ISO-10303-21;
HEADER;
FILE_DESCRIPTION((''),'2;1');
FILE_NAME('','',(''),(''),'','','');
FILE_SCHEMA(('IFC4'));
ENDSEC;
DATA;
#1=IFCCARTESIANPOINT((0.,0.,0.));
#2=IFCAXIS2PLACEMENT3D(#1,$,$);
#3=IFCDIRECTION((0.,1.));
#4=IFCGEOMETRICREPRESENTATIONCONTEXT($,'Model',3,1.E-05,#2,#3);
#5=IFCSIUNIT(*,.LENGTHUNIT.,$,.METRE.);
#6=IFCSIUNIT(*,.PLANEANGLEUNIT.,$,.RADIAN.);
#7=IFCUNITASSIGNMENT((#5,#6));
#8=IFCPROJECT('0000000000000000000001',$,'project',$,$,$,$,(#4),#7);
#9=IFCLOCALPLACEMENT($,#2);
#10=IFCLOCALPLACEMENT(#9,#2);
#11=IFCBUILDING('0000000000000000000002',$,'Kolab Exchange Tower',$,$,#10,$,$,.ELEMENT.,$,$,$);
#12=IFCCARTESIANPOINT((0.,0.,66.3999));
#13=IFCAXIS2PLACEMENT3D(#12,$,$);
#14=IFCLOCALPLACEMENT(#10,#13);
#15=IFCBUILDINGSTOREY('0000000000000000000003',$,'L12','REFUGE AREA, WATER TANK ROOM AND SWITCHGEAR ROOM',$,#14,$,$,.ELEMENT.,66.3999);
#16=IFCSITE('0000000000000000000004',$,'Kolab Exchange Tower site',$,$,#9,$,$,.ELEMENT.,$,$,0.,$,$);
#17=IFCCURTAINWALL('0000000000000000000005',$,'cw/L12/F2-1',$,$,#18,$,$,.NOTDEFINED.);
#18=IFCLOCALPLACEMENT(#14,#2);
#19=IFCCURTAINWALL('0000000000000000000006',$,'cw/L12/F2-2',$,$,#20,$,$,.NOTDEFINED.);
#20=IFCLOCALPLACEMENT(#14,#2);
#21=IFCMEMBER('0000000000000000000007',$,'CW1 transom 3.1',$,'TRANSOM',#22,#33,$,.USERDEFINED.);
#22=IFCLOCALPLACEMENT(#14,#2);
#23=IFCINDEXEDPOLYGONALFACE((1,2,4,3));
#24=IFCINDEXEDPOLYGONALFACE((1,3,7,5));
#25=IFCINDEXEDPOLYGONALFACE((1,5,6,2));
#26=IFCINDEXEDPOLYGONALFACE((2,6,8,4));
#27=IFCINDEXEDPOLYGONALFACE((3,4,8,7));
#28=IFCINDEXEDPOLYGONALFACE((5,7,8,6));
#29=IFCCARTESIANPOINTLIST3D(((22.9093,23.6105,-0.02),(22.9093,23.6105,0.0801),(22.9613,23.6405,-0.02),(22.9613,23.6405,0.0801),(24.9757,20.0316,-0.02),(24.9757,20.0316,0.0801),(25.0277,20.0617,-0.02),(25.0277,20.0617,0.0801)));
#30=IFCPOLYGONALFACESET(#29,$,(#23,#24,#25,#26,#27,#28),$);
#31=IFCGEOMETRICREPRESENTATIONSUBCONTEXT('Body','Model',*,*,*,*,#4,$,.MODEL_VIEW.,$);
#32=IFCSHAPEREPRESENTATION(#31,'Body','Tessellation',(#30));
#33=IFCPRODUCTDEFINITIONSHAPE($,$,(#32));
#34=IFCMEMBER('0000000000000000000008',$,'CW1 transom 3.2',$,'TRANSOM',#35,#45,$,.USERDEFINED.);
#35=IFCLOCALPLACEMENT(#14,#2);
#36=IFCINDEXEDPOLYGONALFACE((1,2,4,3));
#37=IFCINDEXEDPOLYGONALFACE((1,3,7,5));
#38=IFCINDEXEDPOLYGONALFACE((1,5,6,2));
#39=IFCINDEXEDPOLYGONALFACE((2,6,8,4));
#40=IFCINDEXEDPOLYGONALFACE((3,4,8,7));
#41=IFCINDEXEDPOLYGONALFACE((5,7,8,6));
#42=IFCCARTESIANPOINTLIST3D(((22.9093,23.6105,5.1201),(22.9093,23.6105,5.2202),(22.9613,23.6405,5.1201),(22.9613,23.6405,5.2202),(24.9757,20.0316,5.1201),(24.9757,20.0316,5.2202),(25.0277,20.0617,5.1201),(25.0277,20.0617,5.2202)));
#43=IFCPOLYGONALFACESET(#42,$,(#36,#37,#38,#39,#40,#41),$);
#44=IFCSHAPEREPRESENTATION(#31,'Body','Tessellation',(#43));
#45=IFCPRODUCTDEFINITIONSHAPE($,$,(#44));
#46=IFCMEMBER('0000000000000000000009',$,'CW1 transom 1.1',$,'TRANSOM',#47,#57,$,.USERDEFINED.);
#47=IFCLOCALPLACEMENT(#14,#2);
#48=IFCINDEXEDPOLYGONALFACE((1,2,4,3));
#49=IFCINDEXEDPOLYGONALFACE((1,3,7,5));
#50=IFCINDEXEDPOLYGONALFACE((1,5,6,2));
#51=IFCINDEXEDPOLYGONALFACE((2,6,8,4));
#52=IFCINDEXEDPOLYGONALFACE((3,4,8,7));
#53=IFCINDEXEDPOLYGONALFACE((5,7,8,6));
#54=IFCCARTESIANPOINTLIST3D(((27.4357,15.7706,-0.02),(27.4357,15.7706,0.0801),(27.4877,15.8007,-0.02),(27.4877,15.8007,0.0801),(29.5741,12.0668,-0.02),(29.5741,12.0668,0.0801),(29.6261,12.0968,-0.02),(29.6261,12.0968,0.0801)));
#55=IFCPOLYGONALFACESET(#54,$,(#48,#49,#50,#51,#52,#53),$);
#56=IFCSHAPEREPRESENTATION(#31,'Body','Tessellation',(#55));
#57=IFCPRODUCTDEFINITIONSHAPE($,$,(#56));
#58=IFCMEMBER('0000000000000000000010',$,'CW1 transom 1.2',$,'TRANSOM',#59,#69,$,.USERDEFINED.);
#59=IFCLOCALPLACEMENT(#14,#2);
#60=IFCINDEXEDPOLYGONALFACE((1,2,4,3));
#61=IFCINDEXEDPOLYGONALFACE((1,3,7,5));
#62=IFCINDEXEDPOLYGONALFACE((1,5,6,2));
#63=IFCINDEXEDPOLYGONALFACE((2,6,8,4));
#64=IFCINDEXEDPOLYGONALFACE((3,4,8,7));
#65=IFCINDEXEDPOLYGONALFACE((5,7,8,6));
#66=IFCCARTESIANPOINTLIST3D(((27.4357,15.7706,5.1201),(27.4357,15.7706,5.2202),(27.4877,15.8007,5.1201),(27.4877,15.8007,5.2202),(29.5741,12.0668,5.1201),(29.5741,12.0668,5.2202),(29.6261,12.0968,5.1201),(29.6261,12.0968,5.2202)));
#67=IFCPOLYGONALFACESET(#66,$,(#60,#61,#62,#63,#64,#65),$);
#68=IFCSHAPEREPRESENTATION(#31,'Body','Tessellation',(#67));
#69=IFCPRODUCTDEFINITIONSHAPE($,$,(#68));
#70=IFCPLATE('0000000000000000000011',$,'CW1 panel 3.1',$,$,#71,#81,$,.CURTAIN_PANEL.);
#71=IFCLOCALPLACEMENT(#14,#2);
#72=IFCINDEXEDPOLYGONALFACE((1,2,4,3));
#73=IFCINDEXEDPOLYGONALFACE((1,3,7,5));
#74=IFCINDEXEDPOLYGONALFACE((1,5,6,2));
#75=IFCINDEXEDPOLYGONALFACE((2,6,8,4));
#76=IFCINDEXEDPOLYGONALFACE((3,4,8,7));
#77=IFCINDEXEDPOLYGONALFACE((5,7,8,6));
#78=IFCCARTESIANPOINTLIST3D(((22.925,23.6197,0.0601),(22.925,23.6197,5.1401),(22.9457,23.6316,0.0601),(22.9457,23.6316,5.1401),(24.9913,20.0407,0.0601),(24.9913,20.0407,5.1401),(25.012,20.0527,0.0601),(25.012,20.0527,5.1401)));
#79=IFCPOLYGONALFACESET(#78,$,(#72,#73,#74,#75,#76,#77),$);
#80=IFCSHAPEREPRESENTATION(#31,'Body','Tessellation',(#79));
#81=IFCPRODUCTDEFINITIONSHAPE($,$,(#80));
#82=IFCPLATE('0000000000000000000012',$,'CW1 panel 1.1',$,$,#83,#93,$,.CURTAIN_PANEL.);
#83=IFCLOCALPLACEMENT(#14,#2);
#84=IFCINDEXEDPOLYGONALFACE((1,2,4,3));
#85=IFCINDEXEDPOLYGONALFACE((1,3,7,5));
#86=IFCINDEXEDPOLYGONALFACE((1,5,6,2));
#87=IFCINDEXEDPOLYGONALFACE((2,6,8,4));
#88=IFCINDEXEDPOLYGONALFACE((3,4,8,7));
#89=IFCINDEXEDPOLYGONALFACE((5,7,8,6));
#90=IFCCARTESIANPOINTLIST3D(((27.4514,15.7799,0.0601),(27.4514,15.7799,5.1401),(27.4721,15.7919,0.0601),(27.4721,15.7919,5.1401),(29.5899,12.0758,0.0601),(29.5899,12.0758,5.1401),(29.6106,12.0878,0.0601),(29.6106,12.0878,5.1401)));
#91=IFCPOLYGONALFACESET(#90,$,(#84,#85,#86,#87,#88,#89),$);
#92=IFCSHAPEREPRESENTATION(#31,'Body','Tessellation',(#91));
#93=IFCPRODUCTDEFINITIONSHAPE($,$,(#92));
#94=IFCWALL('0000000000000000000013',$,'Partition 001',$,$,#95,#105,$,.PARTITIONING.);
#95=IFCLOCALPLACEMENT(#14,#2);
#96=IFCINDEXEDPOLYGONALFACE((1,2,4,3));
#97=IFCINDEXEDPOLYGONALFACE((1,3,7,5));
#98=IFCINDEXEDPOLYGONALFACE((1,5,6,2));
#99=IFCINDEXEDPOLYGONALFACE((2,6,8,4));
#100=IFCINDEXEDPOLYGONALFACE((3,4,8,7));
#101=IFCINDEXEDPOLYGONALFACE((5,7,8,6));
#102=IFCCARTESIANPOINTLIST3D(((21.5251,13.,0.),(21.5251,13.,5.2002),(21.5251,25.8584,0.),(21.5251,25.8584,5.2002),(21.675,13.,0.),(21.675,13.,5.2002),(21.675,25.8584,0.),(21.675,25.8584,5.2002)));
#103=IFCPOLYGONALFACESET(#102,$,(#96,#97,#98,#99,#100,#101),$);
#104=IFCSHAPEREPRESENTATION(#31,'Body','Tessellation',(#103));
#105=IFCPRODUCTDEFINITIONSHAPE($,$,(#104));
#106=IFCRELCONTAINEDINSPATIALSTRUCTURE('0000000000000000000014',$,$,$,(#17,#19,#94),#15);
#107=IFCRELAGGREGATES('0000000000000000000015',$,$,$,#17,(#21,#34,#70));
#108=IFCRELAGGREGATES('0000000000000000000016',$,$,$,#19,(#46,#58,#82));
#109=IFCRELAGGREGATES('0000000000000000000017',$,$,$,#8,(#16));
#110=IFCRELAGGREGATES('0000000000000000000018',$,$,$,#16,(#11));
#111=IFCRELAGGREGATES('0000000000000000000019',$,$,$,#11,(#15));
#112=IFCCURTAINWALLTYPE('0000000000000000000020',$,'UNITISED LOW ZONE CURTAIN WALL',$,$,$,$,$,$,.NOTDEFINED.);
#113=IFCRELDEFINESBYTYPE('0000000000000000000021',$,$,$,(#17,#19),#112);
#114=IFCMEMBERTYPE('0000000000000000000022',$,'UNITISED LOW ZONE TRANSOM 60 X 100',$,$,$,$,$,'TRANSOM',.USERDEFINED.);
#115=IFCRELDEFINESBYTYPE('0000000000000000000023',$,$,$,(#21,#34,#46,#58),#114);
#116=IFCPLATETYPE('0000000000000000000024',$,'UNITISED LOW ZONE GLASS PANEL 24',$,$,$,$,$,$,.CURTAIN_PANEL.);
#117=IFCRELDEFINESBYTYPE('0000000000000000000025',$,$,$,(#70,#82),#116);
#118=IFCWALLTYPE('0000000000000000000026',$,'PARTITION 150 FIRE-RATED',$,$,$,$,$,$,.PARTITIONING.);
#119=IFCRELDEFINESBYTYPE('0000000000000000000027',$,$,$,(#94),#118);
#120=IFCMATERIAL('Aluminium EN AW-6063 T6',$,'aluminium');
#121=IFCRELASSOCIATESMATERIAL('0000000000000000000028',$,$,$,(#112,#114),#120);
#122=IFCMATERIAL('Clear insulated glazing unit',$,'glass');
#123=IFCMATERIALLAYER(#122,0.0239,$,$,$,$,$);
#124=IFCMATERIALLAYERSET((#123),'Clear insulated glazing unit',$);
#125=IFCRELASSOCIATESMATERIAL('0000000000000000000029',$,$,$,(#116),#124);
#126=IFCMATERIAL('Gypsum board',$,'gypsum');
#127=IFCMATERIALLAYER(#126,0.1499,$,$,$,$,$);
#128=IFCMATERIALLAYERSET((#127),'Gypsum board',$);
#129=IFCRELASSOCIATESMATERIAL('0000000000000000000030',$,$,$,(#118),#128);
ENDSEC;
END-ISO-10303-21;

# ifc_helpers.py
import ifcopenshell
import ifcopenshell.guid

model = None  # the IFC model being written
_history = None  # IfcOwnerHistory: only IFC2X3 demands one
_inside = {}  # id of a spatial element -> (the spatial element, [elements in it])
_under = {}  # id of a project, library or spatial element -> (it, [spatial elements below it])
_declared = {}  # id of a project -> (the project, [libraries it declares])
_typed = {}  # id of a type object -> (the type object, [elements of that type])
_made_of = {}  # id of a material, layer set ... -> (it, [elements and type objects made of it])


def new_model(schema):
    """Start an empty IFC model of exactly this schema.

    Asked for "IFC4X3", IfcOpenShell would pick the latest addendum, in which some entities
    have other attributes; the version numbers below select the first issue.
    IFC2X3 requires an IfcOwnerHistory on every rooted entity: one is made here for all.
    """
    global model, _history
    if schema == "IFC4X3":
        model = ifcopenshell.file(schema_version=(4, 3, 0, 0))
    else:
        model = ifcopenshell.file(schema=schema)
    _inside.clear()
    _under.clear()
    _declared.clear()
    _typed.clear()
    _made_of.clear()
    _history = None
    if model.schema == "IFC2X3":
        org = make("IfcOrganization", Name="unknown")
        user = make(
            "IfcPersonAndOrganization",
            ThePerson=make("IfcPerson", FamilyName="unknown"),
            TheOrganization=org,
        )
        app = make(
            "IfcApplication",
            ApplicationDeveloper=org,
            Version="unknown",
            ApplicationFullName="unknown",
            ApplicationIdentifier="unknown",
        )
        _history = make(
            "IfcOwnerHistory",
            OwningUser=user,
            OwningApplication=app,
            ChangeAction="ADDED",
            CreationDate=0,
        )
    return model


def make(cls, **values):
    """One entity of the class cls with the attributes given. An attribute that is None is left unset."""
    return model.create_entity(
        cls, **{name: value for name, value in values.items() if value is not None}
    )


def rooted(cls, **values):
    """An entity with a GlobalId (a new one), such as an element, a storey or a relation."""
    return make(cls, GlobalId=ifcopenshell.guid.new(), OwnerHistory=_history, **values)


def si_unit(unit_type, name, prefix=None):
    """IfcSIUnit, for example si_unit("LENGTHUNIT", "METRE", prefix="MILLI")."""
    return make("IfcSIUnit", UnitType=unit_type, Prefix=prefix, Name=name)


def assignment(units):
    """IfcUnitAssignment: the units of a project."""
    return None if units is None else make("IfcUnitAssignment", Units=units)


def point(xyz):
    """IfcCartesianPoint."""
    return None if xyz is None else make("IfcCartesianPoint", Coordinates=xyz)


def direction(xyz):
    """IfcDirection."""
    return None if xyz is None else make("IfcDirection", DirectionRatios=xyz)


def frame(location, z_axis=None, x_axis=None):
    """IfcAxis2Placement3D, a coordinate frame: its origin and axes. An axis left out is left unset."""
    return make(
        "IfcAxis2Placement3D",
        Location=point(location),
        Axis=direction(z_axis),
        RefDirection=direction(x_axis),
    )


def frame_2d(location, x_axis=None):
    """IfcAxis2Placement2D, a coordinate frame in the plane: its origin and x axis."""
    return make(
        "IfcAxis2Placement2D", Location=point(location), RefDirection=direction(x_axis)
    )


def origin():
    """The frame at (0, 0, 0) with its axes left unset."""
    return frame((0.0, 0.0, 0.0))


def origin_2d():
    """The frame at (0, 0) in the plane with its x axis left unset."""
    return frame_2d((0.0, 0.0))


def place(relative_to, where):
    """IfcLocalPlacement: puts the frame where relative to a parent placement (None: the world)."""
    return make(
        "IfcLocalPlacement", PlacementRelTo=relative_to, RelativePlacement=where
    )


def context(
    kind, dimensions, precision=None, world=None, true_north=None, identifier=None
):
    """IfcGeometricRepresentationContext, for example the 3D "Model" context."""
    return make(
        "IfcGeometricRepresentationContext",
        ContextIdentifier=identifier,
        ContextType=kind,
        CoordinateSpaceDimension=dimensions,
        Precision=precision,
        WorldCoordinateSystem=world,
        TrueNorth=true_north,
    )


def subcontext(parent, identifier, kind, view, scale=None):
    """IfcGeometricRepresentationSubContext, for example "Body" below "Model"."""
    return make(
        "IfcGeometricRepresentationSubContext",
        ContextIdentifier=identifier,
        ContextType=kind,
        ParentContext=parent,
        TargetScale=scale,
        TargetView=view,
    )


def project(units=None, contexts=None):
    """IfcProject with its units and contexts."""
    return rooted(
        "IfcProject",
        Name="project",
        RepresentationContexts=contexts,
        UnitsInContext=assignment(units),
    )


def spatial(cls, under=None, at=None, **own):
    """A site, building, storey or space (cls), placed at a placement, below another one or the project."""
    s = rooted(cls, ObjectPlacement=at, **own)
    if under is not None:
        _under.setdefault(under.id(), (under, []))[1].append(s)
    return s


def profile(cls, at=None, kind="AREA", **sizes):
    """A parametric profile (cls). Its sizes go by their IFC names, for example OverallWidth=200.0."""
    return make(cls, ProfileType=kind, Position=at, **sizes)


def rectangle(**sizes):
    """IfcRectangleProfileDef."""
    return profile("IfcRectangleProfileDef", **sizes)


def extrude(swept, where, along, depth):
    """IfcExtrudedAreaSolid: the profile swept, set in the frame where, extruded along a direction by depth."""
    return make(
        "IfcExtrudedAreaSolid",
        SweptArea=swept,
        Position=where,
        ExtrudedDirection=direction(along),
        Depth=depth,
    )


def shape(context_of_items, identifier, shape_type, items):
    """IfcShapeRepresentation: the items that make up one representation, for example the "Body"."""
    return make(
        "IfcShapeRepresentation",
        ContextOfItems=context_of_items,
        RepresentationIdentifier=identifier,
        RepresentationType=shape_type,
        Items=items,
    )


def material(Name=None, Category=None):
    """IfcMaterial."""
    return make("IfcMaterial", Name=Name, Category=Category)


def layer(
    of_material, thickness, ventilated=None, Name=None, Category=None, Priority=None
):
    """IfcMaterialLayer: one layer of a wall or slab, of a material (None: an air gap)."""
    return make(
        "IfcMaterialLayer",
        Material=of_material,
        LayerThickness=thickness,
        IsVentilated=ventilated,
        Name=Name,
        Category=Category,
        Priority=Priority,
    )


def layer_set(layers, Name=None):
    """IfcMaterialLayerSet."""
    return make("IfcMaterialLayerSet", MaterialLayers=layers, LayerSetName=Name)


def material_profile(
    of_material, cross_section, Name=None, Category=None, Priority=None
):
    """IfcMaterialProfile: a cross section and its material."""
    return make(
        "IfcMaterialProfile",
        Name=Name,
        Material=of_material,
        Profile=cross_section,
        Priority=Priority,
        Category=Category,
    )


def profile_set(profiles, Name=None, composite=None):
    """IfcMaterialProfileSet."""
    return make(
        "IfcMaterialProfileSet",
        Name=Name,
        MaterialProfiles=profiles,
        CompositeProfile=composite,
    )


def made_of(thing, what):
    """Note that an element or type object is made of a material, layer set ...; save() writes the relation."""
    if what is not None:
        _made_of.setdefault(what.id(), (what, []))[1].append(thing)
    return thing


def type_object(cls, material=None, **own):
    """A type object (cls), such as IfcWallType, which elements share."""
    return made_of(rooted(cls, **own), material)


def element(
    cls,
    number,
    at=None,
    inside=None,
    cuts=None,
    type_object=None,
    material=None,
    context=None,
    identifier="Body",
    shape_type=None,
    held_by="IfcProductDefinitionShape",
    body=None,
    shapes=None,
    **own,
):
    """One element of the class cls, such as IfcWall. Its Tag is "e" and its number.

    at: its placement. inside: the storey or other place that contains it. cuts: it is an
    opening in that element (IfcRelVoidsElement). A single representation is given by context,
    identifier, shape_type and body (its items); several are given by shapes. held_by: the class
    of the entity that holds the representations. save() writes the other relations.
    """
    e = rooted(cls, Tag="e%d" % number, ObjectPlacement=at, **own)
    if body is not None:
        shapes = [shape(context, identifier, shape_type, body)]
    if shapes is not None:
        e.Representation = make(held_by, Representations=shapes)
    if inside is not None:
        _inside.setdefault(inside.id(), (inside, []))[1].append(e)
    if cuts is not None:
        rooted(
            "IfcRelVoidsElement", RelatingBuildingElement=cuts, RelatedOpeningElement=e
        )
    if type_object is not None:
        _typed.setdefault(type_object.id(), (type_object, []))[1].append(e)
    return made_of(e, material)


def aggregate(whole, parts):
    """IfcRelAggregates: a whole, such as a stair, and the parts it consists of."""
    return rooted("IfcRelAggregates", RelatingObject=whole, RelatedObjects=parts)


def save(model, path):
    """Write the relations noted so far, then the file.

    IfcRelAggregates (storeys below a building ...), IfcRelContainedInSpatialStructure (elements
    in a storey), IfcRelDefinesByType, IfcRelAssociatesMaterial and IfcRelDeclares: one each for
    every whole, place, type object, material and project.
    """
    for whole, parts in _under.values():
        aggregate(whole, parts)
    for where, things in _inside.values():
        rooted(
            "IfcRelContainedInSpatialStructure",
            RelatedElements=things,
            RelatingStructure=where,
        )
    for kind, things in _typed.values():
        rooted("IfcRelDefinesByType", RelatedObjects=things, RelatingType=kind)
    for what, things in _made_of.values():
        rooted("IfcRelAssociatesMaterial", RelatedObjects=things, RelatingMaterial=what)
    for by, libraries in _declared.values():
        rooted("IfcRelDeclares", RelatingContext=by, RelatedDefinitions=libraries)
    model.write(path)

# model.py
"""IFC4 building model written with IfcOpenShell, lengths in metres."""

from ifc_helpers import new_model, si_unit, direction, frame, frame_2d, origin, origin_2d, place, context, subcontext, project, spatial, rectangle, extrude, material, layer, layer_set, material_profile, profile_set, type_object, element, aggregate, save


model = new_model("IFC4")

# Units and contexts
model_context = context("Model", 3, precision=1e-05, world=origin(), true_north=direction((0.0, 1.0)))
body_context = subcontext(model_context, "Body", "Model", "MODEL_VIEW")
ifc_project = project(units=[si_unit("LENGTHUNIT", "METRE"), si_unit("PLANEANGLEUNIT", "RADIAN")], contexts=[model_context])

# Site, building, storey
site_placement = place(None, origin())
site = spatial("IfcSite", under=ifc_project, at=site_placement, Name="Kolab Exchange Tower site", CompositionType="ELEMENT", RefElevation=0.0)
building_placement = place(site_placement, origin())
building = spatial("IfcBuilding", under=site, at=building_placement, Name="Kolab Exchange Tower", CompositionType="ELEMENT")
storey_placement = place(building_placement, frame((0.0, 0.0, 66.3999)))
storey = spatial("IfcBuildingStorey", under=building, at=storey_placement, Name="L12", Description="REFUGE AREA, WATER TANK ROOM AND SWITCHGEAR ROOM", CompositionType="ELEMENT", Elevation=66.3999)

# Curtain wall
ifc_material_1 = material(Name="Aluminium EN AW-6063 T6", Category="aluminium")
curtain_wall_type = type_object("IfcCurtainWallType", Name="UNITISED LOW ZONE CURTAIN WALL", PredefinedType="NOTDEFINED", material=ifc_material_1)
curtain_wall_1_placement = place(storey_placement, origin())
curtain_wall_1 = element("IfcCurtainWall", 1, at=curtain_wall_1_placement, inside=storey, type_object=curtain_wall_type, Name="cw/L12/F2-1", PredefinedType="NOTDEFINED")

# Curtain wall
curtain_wall_2_placement = place(storey_placement, origin())
curtain_wall_2 = element("IfcCurtainWall", 2, at=curtain_wall_2_placement, inside=storey, type_object=curtain_wall_type, Name="cw/L12/F2-2", PredefinedType="NOTDEFINED")

# Members
ifc_material_profile_1 = material_profile(ifc_material_1, rectangle(XDim=0.0601, YDim=0.1001, at=origin_2d()), Name="RECT 60X100")
ifc_profile_set_1 = profile_set([ifc_material_profile_1], Name="Aluminium EN AW-6063 T6")
member_type_1 = type_object("IfcMemberType", Name="UNITISED LOW ZONE TRANSOM 60 X 100", ElementType="TRANSOM", PredefinedType="USERDEFINED", material=ifc_profile_set_1)
member_1_placement = place(storey_placement, frame((22.9353, 23.6255, 0.03), z_axis=(0.500028, -0.866009, 0.0), x_axis=(0.866009, 0.500028, 0.0)))
member_1 = element("IfcMember", 3, at=member_1_placement, type_object=member_type_1, Name="CW1 transom 3.1", ObjectType="TRANSOM", PredefinedType="USERDEFINED", context=body_context, shape_type="SweptSolid", body=[
    extrude(rectangle(XDim=0.0601, YDim=0.1001, at=origin_2d()), origin(), (0.0, 0.0, 1.0), 4.1326),
])
member_2_placement = place(storey_placement, frame((22.9353, 23.6255, 5.1702), z_axis=(0.500028, -0.866009, 0.0), x_axis=(0.866009, 0.500028, 0.0)))
member_2 = element("IfcMember", 4, at=member_2_placement, type_object=member_type_1, Name="CW1 transom 3.2", ObjectType="TRANSOM", PredefinedType="USERDEFINED", context=body_context, shape_type="SweptSolid", body=[
    extrude(rectangle(XDim=0.0601, YDim=0.1001, at=origin_2d()), origin(), (0.0, 0.0, 1.0), 4.1326),
])
member_3_placement = place(storey_placement, frame((27.4617, 15.7856, 0.03), z_axis=(0.500001, -0.866025, 0.0), x_axis=(0.866025, 0.500001, 0.0)))
member_3 = element("IfcMember", 5, at=member_3_placement, type_object=member_type_1, Name="CW1 transom 1.1", ObjectType="TRANSOM", PredefinedType="USERDEFINED", context=body_context, shape_type="SweptSolid", body=[
    extrude(rectangle(XDim=0.0601, YDim=0.1001, at=origin_2d()), origin(), (0.0, 0.0, 1.0), 4.2769),
])
member_4_placement = place(storey_placement, frame((27.4617, 15.7856, 5.1702), z_axis=(0.500001, -0.866025, 0.0), x_axis=(0.866025, 0.500001, 0.0)))
member_4 = element("IfcMember", 6, at=member_4_placement, type_object=member_type_1, Name="CW1 transom 1.2", ObjectType="TRANSOM", PredefinedType="USERDEFINED", context=body_context, shape_type="SweptSolid", body=[
    extrude(rectangle(XDim=0.0601, YDim=0.1001, at=origin_2d()), origin(), (0.0, 0.0, 1.0), 4.2769),
])

# Plates
ifc_material_2 = material(Name="Clear insulated glazing unit", Category="glass")
ifc_layer_1 = layer(ifc_material_2, 0.0239)
ifc_layer_set_1 = layer_set([ifc_layer_1], Name="Clear insulated glazing unit")
plate_type = type_object("IfcPlateType", Name="UNITISED LOW ZONE GLASS PANEL 24", PredefinedType="CURTAIN_PANEL", material=ifc_layer_set_1)
plate_1_placement = place(storey_placement, frame((23.9685, 21.8362, 0.0601), z_axis=(0.0, 0.0, 1.0), x_axis=(0.5, -0.866025, 0.0)))
plate_1 = element("IfcPlate", 7, at=plate_1_placement, type_object=plate_type, Name="CW1 panel 3.1", PredefinedType="CURTAIN_PANEL", context=body_context, shape_type="SweptSolid", body=[
    extrude(rectangle(XDim=4.1326, YDim=0.0239, at=origin_2d()), origin(), (0.0, 0.0, 1.0), 5.0801),
])
aggregate(curtain_wall_1, [member_1, member_2, plate_1])
plate_2_placement = place(storey_placement, frame((28.531, 13.9338, 0.0601), z_axis=(0.0, 0.0, 1.0), x_axis=(0.5, -0.866025, 0.0)))
plate_2 = element("IfcPlate", 8, at=plate_2_placement, type_object=plate_type, Name="CW1 panel 1.1", PredefinedType="CURTAIN_PANEL", context=body_context, shape_type="SweptSolid", body=[
    extrude(rectangle(XDim=4.2771, YDim=0.0239, at=origin_2d()), origin(), (0.0, 0.0, 1.0), 5.0801),
])
aggregate(curtain_wall_2, [member_3, member_4, plate_2])

# Wall
ifc_material_3 = material(Name="Gypsum board", Category="gypsum")
ifc_layer_2 = layer(ifc_material_3, 0.1499)
ifc_layer_set_2 = layer_set([ifc_layer_2], Name="Gypsum board")
wall_type_1 = type_object("IfcWallType", Name="PARTITION 150 FIRE-RATED", PredefinedType="PARTITIONING", material=ifc_layer_set_2)
wall_1_placement = place(storey_placement, frame((21.6001, 13.0, 0.0), z_axis=(0.0, 0.0, 1.0), x_axis=(0.0, 1.0, 0.0)))
element("IfcWall", 9, at=wall_1_placement, inside=storey, type_object=wall_type_1, Name="Partition 001", PredefinedType="PARTITIONING", context=body_context, shape_type="SweptSolid", body=[
    extrude(rectangle(XDim=12.8584, YDim=0.1499, at=frame_2d((6.4292, 0.0))), origin(), (0.0, 0.0, 1.0), 5.2002),
])

save(model, "model.ifc")
